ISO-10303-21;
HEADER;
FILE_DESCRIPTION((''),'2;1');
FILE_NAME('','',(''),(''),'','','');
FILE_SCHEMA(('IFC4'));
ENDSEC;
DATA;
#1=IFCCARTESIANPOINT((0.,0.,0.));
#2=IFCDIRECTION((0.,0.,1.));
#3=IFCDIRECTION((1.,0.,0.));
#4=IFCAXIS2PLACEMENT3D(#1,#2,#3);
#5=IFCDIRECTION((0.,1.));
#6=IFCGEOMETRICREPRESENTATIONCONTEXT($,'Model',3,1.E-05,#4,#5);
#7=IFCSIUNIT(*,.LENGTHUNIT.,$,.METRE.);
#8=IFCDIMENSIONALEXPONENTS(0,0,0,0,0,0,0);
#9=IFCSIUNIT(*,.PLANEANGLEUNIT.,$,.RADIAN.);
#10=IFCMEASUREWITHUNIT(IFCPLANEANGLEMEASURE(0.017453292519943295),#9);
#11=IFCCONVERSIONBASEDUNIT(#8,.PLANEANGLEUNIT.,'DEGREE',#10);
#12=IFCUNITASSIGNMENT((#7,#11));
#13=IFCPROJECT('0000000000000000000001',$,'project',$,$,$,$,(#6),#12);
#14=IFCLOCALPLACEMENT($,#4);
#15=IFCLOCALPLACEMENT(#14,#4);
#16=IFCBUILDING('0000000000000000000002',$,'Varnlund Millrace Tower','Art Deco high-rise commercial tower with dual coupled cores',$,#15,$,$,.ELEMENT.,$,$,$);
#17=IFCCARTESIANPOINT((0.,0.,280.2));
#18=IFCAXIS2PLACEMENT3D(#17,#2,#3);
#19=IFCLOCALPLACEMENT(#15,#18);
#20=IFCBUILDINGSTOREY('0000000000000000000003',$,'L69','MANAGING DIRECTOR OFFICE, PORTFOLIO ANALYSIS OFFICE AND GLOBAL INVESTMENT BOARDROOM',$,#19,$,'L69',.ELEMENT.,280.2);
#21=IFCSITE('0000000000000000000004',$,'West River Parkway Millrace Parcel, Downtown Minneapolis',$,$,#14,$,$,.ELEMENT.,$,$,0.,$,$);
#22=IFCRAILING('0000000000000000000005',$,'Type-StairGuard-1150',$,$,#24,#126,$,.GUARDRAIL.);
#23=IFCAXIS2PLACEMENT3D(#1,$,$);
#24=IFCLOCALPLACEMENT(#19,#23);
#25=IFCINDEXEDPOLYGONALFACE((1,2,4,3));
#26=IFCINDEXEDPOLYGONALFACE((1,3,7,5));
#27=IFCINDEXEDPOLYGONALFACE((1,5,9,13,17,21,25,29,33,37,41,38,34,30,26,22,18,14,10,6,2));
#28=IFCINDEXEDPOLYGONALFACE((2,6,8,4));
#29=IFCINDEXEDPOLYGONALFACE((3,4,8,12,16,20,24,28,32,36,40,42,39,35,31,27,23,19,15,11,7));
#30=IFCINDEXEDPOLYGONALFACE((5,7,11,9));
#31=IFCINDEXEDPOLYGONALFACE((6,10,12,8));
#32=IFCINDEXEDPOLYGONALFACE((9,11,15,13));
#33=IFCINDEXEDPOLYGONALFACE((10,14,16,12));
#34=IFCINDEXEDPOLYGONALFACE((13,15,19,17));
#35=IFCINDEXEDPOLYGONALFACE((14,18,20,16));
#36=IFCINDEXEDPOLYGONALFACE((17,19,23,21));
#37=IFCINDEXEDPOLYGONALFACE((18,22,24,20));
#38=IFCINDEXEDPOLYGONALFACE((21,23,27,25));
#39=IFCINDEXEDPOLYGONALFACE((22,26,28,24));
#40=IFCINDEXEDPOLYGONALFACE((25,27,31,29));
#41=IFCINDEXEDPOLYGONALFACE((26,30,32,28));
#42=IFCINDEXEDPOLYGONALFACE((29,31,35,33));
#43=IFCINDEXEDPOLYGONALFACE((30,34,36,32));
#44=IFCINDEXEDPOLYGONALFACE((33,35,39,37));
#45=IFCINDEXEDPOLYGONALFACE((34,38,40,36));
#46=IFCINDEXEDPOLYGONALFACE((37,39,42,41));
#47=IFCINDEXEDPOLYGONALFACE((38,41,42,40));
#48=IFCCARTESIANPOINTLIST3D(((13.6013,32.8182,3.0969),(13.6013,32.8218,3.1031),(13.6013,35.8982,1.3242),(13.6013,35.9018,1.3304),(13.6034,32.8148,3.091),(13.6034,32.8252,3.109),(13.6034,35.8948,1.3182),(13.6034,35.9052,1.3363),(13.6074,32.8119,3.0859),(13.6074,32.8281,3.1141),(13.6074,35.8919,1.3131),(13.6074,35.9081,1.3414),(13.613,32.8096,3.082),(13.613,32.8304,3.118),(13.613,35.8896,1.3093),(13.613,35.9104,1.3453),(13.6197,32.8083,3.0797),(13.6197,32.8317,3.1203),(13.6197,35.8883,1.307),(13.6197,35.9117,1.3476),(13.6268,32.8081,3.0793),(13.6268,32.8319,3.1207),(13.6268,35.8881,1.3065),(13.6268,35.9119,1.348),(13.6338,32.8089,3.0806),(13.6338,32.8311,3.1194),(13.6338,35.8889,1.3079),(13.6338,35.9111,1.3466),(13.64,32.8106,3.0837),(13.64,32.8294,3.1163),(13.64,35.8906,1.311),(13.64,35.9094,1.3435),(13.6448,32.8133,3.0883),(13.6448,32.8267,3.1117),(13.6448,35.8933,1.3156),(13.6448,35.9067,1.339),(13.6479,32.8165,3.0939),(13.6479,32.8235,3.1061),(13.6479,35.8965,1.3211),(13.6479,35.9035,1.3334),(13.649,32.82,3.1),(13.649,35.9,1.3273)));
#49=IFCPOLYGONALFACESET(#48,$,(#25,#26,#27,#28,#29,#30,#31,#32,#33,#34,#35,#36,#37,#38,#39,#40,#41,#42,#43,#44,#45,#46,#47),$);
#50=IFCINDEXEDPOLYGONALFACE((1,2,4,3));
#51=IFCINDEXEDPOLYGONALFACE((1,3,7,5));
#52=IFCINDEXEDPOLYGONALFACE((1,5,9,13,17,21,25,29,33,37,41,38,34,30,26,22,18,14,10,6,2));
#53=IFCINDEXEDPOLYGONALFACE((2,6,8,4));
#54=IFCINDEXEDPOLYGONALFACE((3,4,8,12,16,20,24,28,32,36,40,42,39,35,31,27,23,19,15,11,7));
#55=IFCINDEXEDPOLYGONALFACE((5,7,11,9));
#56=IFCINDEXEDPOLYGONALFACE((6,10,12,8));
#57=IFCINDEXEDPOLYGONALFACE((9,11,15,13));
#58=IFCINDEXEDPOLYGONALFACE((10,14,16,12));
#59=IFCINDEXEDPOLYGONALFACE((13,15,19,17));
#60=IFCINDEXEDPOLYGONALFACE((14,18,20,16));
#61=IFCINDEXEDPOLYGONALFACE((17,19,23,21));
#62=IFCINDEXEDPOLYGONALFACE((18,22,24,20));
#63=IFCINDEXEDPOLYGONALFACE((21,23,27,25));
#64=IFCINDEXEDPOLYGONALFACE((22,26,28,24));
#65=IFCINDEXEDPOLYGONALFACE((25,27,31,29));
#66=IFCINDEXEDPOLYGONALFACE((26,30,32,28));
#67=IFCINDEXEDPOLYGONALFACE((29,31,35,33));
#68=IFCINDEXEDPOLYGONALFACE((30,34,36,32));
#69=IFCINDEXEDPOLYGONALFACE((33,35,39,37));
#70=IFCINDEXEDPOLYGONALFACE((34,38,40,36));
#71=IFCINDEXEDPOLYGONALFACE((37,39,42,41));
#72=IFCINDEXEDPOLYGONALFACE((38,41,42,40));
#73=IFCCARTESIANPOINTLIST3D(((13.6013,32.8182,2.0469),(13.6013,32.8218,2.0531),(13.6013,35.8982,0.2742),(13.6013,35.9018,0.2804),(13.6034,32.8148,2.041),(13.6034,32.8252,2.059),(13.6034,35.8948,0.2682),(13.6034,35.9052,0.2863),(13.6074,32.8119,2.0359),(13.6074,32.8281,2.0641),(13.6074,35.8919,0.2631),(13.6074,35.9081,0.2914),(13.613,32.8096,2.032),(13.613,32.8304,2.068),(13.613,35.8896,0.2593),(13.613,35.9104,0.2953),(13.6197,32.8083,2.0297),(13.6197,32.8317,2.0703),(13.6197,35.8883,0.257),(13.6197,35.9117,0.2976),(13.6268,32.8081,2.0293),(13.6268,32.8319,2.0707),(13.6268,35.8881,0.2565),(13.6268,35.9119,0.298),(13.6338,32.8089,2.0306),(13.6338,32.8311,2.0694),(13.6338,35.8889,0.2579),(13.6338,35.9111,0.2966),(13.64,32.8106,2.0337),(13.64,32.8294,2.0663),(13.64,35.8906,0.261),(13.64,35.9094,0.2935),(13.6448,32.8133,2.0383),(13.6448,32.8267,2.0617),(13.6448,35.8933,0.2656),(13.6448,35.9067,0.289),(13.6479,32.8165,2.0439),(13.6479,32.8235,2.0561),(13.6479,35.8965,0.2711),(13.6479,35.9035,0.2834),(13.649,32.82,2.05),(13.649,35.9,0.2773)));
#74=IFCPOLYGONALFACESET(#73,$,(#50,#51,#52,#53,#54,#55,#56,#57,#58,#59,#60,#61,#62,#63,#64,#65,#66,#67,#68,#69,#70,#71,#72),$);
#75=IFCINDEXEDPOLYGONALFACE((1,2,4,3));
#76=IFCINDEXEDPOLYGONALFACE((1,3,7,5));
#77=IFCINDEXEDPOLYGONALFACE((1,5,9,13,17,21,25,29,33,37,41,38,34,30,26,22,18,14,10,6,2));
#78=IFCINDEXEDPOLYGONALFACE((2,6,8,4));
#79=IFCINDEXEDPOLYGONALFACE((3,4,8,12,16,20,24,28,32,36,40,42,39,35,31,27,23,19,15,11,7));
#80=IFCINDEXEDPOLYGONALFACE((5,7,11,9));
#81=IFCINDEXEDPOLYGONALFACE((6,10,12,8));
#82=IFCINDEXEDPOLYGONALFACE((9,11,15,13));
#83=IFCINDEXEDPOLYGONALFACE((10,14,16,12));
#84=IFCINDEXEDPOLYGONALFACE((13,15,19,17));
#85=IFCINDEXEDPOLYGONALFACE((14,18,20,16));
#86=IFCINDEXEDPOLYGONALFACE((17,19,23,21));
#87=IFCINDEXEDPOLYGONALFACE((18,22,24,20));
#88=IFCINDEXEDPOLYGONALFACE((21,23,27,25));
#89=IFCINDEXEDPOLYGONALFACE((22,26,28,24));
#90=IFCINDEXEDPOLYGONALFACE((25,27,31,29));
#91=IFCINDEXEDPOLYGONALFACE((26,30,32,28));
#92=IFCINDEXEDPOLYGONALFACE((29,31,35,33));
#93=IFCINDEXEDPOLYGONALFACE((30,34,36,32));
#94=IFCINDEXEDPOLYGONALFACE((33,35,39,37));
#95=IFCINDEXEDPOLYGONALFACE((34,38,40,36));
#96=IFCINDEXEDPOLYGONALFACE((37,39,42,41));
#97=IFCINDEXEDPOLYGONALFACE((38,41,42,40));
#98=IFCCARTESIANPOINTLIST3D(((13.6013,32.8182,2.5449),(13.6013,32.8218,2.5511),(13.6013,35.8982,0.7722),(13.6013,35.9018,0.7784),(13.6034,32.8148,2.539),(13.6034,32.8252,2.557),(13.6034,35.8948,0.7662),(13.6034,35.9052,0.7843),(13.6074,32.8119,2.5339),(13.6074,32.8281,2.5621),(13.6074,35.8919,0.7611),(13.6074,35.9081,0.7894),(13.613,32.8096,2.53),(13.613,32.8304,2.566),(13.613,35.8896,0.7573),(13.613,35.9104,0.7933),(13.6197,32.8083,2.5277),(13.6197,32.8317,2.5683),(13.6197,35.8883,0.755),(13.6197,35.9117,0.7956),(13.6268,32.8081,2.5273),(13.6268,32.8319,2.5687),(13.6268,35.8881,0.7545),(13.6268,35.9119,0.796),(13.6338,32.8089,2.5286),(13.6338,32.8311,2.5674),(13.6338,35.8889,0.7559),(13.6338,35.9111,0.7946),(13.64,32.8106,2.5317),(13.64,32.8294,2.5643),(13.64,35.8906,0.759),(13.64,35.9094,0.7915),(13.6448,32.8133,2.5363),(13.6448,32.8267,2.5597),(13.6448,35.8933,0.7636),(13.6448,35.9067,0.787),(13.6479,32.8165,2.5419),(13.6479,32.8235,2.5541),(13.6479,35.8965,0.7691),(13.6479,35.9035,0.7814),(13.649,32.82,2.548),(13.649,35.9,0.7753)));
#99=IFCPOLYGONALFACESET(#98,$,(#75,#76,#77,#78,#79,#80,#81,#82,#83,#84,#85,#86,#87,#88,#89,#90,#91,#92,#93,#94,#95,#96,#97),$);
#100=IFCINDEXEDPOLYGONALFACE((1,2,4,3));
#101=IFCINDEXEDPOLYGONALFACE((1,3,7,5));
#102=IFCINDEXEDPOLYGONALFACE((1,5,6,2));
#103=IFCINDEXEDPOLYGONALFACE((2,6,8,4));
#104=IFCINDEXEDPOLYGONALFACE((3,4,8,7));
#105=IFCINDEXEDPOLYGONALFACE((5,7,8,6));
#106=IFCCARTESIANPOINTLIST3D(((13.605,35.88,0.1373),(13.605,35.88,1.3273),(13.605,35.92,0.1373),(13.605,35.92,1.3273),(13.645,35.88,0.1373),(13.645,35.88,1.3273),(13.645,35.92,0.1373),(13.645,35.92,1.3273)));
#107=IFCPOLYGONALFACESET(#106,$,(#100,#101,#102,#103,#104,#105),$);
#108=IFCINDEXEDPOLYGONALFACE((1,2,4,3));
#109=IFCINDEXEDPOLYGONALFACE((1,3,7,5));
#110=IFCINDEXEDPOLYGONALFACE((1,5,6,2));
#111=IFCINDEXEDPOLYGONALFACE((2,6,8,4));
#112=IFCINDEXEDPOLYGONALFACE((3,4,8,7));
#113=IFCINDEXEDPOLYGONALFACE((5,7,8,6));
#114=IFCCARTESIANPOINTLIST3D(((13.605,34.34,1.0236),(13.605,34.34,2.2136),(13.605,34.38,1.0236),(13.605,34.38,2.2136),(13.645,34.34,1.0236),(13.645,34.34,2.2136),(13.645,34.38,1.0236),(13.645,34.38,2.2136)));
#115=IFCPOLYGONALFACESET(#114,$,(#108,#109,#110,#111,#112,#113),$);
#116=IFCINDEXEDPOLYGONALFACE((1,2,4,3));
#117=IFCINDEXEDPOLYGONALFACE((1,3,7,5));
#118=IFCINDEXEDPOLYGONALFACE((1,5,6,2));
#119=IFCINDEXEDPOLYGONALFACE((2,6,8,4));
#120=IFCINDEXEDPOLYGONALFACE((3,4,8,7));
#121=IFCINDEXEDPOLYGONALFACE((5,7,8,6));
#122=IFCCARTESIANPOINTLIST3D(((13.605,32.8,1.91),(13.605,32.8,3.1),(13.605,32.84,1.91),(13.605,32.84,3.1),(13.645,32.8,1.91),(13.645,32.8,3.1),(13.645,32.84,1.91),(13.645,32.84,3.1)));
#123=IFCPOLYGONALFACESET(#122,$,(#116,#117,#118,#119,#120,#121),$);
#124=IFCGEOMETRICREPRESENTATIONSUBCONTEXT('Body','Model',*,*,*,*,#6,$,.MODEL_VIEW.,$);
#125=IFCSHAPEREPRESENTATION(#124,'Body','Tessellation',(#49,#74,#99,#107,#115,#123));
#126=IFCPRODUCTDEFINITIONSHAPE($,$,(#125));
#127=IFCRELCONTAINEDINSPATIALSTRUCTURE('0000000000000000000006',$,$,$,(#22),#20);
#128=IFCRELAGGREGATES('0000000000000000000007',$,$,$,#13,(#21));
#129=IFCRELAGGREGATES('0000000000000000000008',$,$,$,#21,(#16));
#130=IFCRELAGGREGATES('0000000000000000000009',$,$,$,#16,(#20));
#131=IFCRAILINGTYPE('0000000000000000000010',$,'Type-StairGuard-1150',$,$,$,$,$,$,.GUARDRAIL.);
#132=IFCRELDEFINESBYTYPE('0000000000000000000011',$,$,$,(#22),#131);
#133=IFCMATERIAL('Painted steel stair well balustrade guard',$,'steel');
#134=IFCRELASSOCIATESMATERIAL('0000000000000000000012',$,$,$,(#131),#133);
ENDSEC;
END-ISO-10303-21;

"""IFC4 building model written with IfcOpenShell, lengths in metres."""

from ifc_helpers import new_model, entity, si_unit, converted_unit, direction, frame, origin_with_axes, origin_2d_with_axis, place, context, subcontext, project, spatial, rectangle, circle, extrude, material, type_object, element, save


model = new_model("IFC4")

# Units and contexts
model_context = context("Model", 3, precision=1e-05, world=origin_with_axes(), true_north=direction((0.0, 1.0)))
body_context = subcontext(model_context, "Body", "Model", "MODEL_VIEW")
ifc_project = project(units=[si_unit("LENGTHUNIT", "METRE"), converted_unit("PLANEANGLEUNIT", "DEGREE", entity("IfcPlaneAngleMeasure", 0.017453292519943295), si_unit("PLANEANGLEUNIT", "RADIAN"), dimensions=[0, 0, 0, 0, 0, 0, 0])], contexts=[model_context])

# Site, building, storey
site_placement = place(None, origin_with_axes())
site = spatial("IfcSite", under=ifc_project, at=site_placement, Name="West River Parkway Millrace Parcel, Downtown Minneapolis", CompositionType="ELEMENT", RefElevation=0.0)
building_placement = place(site_placement, origin_with_axes())
building = spatial("IfcBuilding", under=site, at=building_placement, Name="Varnlund Millrace Tower", Description="Art Deco high-rise commercial tower with dual coupled cores", CompositionType="ELEMENT")
storey_placement = place(building_placement, frame((0.0, 0.0, 280.2), z_axis=(0.0, 0.0, 1.0), x_axis=(1.0, 0.0, 0.0)))
storey = spatial("IfcBuildingStorey", under=building, at=storey_placement, Name="L69", Description="MANAGING DIRECTOR OFFICE, PORTFOLIO ANALYSIS OFFICE AND GLOBAL INVESTMENT BOARDROOM", LongName="L69", CompositionType="ELEMENT", Elevation=280.2)

# Railing
ifc_material_1 = material(Name="Painted steel stair well balustrade guard", Category="steel")
railing_type_1 = type_object("IfcRailingType", Name="Type-StairGuard-1150", PredefinedType="GUARDRAIL", material=ifc_material_1)
railing_1_placement = place(storey_placement, frame((0.0, 0.0, -280.2), z_axis=(0.0, 0.0, 1.0), x_axis=(1.0, 0.0, 0.0)))
element("IfcRailing", 1, at=railing_1_placement, inside=storey, type_object=railing_type_1, Name="Type-StairGuard-1150", PredefinedType="GUARDRAIL", context=body_context, shape_type="SweptSolid", body=[
    extrude(circle(Radius=0.024, at=origin_2d_with_axis()), frame((13.625, 35.9, 281.5273), z_axis=(0.0, -0.866696, 0.498836), x_axis=(1.0, 0.0, 0.0)), (0.0, 0.0, 1.0), 3.5537),
    extrude(circle(Radius=0.024, at=origin_2d_with_axis()), frame((13.625, 35.9, 280.4773), z_axis=(0.0, -0.866696, 0.498836), x_axis=(1.0, 0.0, 0.0)), (0.0, 0.0, 1.0), 3.5537),
    extrude(circle(Radius=0.024, at=origin_2d_with_axis()), frame((13.625, 35.9, 280.9753), z_axis=(0.0, -0.866696, 0.498836), x_axis=(1.0, 0.0, 0.0)), (0.0, 0.0, 1.0), 3.5537),
    extrude(rectangle(XDim=0.04, YDim=0.04, at=origin_2d_with_axis()), frame((13.625, 35.9, 280.3373), z_axis=(0.0, 0.0, 1.0), x_axis=(1.0, 0.0, 0.0)), (0.0, 0.0, 1.0), 1.19),
    extrude(rectangle(XDim=0.04, YDim=0.04, at=origin_2d_with_axis()), frame((13.625, 34.36, 281.2236), z_axis=(0.0, 0.0, 1.0), x_axis=(1.0, 0.0, 0.0)), (0.0, 0.0, 1.0), 1.19),
    extrude(rectangle(XDim=0.04, YDim=0.04, at=origin_2d_with_axis()), frame((13.625, 32.82, 282.11), z_axis=(0.0, 0.0, 1.0), x_axis=(1.0, 0.0, 0.0)), (0.0, 0.0, 1.0), 1.19),
])

save(model, "model.ifc")
